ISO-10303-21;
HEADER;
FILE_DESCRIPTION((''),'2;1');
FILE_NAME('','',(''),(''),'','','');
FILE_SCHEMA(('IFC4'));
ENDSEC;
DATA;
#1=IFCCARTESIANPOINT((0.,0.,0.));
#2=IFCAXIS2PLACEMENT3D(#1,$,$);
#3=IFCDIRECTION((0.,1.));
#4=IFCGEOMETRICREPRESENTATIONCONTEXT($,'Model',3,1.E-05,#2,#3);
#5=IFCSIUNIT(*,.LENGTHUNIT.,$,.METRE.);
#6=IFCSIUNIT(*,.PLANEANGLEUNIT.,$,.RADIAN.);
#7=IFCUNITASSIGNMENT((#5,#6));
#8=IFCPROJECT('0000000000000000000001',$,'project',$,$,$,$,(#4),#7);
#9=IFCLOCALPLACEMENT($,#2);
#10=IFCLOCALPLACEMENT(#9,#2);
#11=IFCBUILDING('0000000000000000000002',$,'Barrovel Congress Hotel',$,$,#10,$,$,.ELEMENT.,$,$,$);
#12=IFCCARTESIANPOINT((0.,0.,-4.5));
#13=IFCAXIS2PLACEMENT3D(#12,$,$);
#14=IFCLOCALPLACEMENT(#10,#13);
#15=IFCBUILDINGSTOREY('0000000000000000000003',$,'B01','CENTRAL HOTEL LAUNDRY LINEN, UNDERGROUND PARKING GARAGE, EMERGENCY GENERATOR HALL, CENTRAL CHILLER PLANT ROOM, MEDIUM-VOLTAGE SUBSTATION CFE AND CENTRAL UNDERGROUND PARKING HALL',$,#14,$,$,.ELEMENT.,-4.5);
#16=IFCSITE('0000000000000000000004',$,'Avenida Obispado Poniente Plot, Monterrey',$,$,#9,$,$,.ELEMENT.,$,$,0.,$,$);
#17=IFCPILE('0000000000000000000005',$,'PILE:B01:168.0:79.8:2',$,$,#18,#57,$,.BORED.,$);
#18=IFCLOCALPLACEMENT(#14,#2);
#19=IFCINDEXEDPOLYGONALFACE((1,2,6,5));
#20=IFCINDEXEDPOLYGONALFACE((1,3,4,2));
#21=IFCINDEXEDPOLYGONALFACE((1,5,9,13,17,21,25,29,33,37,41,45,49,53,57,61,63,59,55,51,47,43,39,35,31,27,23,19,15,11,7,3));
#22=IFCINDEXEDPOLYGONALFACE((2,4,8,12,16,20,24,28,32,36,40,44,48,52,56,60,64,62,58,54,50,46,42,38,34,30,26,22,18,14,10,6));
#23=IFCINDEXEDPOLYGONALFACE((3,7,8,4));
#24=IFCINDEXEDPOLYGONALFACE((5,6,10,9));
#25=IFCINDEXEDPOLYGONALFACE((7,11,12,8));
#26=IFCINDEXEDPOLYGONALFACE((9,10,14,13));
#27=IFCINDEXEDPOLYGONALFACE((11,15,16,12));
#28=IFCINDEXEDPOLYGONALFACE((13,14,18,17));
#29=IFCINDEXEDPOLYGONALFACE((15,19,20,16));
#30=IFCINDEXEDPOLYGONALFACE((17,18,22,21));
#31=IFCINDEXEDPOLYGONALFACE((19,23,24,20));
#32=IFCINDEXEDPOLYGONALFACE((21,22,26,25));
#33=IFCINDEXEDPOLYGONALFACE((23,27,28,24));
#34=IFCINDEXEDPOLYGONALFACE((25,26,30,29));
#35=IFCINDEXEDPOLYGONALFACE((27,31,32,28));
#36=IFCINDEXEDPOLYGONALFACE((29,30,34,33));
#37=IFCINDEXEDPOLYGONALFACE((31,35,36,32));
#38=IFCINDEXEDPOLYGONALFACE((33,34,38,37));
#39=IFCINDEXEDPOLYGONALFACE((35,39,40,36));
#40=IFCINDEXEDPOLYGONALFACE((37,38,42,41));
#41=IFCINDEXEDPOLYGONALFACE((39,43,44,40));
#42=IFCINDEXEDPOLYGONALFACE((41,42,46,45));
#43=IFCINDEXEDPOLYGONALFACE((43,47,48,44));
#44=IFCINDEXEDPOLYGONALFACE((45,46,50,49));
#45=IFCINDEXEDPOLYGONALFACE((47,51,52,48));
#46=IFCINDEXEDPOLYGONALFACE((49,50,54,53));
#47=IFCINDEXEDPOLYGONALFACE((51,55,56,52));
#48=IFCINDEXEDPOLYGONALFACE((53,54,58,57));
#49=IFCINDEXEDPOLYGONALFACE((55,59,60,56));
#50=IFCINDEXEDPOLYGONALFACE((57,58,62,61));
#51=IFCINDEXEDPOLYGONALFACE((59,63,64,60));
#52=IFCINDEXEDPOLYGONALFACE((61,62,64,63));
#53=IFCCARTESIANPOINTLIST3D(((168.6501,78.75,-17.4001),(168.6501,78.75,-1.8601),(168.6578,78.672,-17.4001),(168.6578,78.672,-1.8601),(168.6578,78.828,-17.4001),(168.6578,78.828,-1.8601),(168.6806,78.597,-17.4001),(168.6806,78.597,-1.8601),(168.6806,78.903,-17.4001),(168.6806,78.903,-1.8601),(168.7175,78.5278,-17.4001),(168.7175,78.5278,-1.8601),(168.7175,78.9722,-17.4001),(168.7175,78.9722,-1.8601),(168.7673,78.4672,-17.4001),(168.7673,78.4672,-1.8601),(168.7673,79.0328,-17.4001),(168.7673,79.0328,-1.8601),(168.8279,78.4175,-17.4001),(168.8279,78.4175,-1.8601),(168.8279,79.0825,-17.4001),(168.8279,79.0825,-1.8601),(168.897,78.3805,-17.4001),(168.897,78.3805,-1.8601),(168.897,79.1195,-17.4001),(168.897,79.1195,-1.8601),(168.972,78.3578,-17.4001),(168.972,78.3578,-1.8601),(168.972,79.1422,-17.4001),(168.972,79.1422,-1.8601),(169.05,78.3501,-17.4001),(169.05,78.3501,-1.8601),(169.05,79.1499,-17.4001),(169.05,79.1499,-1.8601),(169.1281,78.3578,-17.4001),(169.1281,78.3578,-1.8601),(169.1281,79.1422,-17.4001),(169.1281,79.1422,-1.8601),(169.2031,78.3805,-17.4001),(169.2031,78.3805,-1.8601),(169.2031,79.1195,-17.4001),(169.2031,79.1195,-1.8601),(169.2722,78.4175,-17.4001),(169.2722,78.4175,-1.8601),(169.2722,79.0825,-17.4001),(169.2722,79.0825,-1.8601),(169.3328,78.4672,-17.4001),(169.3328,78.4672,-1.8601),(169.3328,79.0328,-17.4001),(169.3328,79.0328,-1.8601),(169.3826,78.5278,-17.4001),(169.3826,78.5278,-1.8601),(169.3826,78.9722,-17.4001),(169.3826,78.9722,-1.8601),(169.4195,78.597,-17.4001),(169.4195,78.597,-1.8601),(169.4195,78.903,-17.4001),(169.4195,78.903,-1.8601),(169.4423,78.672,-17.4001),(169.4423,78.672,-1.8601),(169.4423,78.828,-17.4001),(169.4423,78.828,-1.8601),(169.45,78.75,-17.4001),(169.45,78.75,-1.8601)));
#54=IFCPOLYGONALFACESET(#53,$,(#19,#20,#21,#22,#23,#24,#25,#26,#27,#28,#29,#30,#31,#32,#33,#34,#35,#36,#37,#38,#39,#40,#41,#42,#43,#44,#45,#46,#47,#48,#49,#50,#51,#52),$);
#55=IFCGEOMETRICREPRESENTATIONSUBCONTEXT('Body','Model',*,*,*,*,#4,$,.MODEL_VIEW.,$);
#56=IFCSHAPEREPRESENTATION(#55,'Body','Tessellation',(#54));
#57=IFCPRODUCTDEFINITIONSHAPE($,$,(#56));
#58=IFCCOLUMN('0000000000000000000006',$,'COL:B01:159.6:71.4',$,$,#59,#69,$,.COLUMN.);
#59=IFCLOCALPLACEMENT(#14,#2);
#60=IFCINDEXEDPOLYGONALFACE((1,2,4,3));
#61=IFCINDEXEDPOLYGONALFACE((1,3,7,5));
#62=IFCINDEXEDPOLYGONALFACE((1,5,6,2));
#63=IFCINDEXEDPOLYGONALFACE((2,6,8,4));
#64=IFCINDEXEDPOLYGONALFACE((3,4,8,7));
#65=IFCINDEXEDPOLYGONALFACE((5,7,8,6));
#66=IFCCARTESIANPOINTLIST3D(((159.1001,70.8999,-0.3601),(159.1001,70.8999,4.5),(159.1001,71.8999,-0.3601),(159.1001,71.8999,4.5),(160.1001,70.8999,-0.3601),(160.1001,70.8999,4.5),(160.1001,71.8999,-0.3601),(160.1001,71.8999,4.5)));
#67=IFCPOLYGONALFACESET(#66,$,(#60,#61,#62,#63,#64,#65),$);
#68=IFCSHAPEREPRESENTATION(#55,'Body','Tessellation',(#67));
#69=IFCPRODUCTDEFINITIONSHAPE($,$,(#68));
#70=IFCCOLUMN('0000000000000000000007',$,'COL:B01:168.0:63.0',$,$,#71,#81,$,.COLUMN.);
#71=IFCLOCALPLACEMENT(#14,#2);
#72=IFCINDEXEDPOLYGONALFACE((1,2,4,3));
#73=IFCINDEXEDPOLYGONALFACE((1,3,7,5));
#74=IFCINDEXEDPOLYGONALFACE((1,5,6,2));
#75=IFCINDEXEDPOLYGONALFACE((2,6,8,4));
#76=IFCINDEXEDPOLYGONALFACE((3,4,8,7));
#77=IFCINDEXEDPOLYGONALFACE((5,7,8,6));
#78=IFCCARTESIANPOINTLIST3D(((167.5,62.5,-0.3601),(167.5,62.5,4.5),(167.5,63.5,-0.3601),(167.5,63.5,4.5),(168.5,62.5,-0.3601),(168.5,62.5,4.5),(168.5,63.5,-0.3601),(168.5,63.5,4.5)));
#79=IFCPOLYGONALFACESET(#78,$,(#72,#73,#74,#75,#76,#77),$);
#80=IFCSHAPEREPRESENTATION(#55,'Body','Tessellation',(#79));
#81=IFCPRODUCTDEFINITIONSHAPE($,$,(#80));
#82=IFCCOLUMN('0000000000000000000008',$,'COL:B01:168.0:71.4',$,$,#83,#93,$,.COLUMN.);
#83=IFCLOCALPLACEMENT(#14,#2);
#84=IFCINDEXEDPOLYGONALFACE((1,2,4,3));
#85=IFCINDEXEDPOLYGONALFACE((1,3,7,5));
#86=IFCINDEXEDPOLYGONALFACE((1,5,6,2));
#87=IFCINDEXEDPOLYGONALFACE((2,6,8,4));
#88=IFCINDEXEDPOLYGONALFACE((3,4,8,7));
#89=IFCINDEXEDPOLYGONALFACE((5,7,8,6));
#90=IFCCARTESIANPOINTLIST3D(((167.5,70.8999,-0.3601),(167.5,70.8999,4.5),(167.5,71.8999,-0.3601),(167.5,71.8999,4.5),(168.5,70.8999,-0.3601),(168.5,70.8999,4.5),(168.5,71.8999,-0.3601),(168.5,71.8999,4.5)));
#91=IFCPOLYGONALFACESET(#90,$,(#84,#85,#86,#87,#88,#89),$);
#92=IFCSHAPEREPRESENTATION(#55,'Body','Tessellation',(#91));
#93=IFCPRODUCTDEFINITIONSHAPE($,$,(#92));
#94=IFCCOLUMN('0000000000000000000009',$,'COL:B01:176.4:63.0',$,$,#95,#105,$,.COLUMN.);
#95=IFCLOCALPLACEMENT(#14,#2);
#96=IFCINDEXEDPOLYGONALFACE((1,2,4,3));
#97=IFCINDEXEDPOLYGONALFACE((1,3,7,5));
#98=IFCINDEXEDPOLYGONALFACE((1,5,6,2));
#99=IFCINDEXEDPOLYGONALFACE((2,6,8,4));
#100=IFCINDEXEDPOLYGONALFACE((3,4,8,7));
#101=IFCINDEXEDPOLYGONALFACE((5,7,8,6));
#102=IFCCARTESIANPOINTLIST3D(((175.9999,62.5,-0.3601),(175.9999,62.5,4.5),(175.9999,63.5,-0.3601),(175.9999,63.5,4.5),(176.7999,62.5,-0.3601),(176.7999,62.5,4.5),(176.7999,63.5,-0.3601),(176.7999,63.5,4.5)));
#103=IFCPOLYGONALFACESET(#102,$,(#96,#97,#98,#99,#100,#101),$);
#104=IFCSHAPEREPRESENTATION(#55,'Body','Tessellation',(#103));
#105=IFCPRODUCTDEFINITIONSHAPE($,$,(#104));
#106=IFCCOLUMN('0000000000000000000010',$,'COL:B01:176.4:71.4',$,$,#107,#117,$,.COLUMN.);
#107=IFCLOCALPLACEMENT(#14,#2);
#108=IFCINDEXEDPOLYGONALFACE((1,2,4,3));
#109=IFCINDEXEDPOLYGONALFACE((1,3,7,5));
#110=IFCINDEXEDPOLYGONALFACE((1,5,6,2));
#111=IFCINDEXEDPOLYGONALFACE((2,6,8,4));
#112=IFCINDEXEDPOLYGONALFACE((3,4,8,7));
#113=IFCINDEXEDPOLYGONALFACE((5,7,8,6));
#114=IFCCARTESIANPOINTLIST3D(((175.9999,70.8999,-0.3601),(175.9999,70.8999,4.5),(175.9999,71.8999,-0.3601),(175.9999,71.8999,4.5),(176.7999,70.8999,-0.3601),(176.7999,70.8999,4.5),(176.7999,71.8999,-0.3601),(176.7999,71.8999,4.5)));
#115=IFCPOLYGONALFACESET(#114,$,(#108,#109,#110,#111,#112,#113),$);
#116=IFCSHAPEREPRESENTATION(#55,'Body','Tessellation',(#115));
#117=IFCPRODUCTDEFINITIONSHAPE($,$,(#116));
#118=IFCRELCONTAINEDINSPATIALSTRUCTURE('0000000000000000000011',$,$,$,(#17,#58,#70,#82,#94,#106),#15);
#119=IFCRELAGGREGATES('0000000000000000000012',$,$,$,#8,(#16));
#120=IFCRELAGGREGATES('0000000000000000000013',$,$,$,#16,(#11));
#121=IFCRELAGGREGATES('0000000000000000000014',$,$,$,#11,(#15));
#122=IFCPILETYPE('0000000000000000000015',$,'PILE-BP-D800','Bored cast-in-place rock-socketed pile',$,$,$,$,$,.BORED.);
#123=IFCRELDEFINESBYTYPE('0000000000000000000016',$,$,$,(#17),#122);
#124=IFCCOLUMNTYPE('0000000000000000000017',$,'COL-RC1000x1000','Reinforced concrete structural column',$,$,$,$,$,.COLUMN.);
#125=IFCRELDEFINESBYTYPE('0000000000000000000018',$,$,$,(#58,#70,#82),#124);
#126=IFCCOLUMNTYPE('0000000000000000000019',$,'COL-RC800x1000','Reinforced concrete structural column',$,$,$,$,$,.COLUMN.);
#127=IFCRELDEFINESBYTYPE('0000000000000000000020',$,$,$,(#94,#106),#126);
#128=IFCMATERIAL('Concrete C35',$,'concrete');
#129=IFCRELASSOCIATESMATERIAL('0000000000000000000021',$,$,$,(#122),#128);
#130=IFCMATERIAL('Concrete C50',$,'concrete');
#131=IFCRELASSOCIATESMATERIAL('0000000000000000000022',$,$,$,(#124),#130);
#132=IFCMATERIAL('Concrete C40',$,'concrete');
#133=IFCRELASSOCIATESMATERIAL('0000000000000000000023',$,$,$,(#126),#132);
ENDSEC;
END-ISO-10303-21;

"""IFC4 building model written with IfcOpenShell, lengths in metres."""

from ifc_helpers import new_model, si_unit, direction, frame, origin, origin_2d, place, context, subcontext, project, spatial, rectangle, circle, extrude, material, material_profile, profile_set, type_object, element, save


model = new_model("IFC4")

# Units and contexts
model_context = context("Model", 3, precision=1e-05, world=origin(), true_north=direction((0.0, 1.0)))
body_context = subcontext(model_context, "Body", "Model", "MODEL_VIEW")
ifc_project = project(units=[si_unit("LENGTHUNIT", "METRE"), si_unit("PLANEANGLEUNIT", "RADIAN")], contexts=[model_context])

# Site, building, storey
site_placement = place(None, origin())
site = spatial("IfcSite", under=ifc_project, at=site_placement, Name="Avenida Obispado Poniente Plot, Monterrey", CompositionType="ELEMENT", RefElevation=0.0)
building_placement = place(site_placement, origin())
building = spatial("IfcBuilding", under=site, at=building_placement, Name="Barrovel Congress Hotel", CompositionType="ELEMENT")
storey_placement = place(building_placement, frame((0.0, 0.0, -4.5)))
storey = spatial("IfcBuildingStorey", under=building, at=storey_placement, Name="B01", Description="CENTRAL HOTEL LAUNDRY LINEN, UNDERGROUND PARKING GARAGE, EMERGENCY GENERATOR HALL, CENTRAL CHILLER PLANT ROOM, MEDIUM-VOLTAGE SUBSTATION CFE AND CENTRAL UNDERGROUND PARKING HALL", CompositionType="ELEMENT", Elevation=-4.5)

# Shared definitions
ifc_material_1 = material(Name="Concrete C40", Category="concrete")

# Pile
ifc_material_2 = material(Name="Concrete C35", Category="concrete")
ifc_material_profile_1 = material_profile(ifc_material_2, circle(Radius=0.3999, at=origin_2d()), Name="BP-D800")
ifc_profile_set_1 = profile_set([ifc_material_profile_1], Name="Concrete C35")
pile_type_1 = type_object("IfcPileType", Name="PILE-BP-D800", Description="Bored cast-in-place rock-socketed pile", PredefinedType="BORED", material=ifc_profile_set_1)
for number, where, z_axis, x_axis, name in (
    (1, (169.05, 78.75, -1.8601), (0.0, 0.0, -1.0), (1.0, 0.0, 0.0), "PILE:B01:168.0:79.8:2"),
):
    element("IfcPile", number, at=place(storey_placement, frame(where, z_axis=z_axis, x_axis=x_axis)), inside=storey, type_object=pile_type_1, Name=name, PredefinedType="BORED", context=body_context, shape_type="SweptSolid", body=[
        extrude(circle(Radius=0.3999, at=origin_2d()), origin(), (0.0, 0.0, 1.0), 15.54),
    ])

# Columns
ifc_material_3 = material(Name="Concrete C50", Category="concrete")
ifc_material_profile_2 = material_profile(ifc_material_3, rectangle(XDim=1.0, YDim=1.0, at=origin_2d()), Name="RC1000x1000")
ifc_profile_set_2 = profile_set([ifc_material_profile_2], Name="Concrete C50")
column_type_1 = type_object("IfcColumnType", Name="COL-RC1000x1000", Description="Reinforced concrete structural column", PredefinedType="COLUMN", material=ifc_profile_set_2)
for number, where, z_axis, x_axis, name in (
    (2, (159.6001, 71.3999, -0.3601), (0.0, 0.0, 1.0), (1.0, 0.0, 0.0), "COL:B01:159.6:71.4"),
    (3, (168.0, 63.0, -0.3601), (0.0, 0.0, 1.0), (1.0, 0.0, 0.0), "COL:B01:168.0:63.0"),
    (4, (168.0, 71.3999, -0.3601), (0.0, 0.0, 1.0), (1.0, 0.0, 0.0), "COL:B01:168.0:71.4"),
):
    element("IfcColumn", number, at=place(storey_placement, frame(where, z_axis=z_axis, x_axis=x_axis)), inside=storey, type_object=column_type_1, Name=name, PredefinedType="COLUMN", context=body_context, shape_type="SweptSolid", body=[
        extrude(rectangle(XDim=1.0, YDim=1.0, at=origin_2d()), origin(), (0.0, 0.0, 1.0), 4.8601),
    ])
ifc_material_profile_3 = material_profile(ifc_material_1, rectangle(XDim=0.8, YDim=1.0, at=origin_2d()), Name="RC800x1000")
ifc_profile_set_3 = profile_set([ifc_material_profile_3], Name="Concrete C40")
column_type_2 = type_object("IfcColumnType", Name="COL-RC800x1000", Description="Reinforced concrete structural column", PredefinedType="COLUMN", material=ifc_profile_set_3)
for number, where, z_axis, x_axis, name in (
    (5, (176.3999, 63.0, -0.3601), (0.0, 0.0, 1.0), (1.0, 0.0, 0.0), "COL:B01:176.4:63.0"),
    (6, (176.3999, 71.3999, -0.3601), (0.0, 0.0, 1.0), (1.0, 0.0, 0.0), "COL:B01:176.4:71.4"),
):
    element("IfcColumn", number, at=place(storey_placement, frame(where, z_axis=z_axis, x_axis=x_axis)), inside=storey, type_object=column_type_2, Name=name, PredefinedType="COLUMN", context=body_context, shape_type="SweptSolid", body=[
        extrude(rectangle(XDim=0.8, YDim=1.0, at=origin_2d()), origin(), (0.0, 0.0, 1.0), 4.8601),
    ])

save(model, "model.ifc")
